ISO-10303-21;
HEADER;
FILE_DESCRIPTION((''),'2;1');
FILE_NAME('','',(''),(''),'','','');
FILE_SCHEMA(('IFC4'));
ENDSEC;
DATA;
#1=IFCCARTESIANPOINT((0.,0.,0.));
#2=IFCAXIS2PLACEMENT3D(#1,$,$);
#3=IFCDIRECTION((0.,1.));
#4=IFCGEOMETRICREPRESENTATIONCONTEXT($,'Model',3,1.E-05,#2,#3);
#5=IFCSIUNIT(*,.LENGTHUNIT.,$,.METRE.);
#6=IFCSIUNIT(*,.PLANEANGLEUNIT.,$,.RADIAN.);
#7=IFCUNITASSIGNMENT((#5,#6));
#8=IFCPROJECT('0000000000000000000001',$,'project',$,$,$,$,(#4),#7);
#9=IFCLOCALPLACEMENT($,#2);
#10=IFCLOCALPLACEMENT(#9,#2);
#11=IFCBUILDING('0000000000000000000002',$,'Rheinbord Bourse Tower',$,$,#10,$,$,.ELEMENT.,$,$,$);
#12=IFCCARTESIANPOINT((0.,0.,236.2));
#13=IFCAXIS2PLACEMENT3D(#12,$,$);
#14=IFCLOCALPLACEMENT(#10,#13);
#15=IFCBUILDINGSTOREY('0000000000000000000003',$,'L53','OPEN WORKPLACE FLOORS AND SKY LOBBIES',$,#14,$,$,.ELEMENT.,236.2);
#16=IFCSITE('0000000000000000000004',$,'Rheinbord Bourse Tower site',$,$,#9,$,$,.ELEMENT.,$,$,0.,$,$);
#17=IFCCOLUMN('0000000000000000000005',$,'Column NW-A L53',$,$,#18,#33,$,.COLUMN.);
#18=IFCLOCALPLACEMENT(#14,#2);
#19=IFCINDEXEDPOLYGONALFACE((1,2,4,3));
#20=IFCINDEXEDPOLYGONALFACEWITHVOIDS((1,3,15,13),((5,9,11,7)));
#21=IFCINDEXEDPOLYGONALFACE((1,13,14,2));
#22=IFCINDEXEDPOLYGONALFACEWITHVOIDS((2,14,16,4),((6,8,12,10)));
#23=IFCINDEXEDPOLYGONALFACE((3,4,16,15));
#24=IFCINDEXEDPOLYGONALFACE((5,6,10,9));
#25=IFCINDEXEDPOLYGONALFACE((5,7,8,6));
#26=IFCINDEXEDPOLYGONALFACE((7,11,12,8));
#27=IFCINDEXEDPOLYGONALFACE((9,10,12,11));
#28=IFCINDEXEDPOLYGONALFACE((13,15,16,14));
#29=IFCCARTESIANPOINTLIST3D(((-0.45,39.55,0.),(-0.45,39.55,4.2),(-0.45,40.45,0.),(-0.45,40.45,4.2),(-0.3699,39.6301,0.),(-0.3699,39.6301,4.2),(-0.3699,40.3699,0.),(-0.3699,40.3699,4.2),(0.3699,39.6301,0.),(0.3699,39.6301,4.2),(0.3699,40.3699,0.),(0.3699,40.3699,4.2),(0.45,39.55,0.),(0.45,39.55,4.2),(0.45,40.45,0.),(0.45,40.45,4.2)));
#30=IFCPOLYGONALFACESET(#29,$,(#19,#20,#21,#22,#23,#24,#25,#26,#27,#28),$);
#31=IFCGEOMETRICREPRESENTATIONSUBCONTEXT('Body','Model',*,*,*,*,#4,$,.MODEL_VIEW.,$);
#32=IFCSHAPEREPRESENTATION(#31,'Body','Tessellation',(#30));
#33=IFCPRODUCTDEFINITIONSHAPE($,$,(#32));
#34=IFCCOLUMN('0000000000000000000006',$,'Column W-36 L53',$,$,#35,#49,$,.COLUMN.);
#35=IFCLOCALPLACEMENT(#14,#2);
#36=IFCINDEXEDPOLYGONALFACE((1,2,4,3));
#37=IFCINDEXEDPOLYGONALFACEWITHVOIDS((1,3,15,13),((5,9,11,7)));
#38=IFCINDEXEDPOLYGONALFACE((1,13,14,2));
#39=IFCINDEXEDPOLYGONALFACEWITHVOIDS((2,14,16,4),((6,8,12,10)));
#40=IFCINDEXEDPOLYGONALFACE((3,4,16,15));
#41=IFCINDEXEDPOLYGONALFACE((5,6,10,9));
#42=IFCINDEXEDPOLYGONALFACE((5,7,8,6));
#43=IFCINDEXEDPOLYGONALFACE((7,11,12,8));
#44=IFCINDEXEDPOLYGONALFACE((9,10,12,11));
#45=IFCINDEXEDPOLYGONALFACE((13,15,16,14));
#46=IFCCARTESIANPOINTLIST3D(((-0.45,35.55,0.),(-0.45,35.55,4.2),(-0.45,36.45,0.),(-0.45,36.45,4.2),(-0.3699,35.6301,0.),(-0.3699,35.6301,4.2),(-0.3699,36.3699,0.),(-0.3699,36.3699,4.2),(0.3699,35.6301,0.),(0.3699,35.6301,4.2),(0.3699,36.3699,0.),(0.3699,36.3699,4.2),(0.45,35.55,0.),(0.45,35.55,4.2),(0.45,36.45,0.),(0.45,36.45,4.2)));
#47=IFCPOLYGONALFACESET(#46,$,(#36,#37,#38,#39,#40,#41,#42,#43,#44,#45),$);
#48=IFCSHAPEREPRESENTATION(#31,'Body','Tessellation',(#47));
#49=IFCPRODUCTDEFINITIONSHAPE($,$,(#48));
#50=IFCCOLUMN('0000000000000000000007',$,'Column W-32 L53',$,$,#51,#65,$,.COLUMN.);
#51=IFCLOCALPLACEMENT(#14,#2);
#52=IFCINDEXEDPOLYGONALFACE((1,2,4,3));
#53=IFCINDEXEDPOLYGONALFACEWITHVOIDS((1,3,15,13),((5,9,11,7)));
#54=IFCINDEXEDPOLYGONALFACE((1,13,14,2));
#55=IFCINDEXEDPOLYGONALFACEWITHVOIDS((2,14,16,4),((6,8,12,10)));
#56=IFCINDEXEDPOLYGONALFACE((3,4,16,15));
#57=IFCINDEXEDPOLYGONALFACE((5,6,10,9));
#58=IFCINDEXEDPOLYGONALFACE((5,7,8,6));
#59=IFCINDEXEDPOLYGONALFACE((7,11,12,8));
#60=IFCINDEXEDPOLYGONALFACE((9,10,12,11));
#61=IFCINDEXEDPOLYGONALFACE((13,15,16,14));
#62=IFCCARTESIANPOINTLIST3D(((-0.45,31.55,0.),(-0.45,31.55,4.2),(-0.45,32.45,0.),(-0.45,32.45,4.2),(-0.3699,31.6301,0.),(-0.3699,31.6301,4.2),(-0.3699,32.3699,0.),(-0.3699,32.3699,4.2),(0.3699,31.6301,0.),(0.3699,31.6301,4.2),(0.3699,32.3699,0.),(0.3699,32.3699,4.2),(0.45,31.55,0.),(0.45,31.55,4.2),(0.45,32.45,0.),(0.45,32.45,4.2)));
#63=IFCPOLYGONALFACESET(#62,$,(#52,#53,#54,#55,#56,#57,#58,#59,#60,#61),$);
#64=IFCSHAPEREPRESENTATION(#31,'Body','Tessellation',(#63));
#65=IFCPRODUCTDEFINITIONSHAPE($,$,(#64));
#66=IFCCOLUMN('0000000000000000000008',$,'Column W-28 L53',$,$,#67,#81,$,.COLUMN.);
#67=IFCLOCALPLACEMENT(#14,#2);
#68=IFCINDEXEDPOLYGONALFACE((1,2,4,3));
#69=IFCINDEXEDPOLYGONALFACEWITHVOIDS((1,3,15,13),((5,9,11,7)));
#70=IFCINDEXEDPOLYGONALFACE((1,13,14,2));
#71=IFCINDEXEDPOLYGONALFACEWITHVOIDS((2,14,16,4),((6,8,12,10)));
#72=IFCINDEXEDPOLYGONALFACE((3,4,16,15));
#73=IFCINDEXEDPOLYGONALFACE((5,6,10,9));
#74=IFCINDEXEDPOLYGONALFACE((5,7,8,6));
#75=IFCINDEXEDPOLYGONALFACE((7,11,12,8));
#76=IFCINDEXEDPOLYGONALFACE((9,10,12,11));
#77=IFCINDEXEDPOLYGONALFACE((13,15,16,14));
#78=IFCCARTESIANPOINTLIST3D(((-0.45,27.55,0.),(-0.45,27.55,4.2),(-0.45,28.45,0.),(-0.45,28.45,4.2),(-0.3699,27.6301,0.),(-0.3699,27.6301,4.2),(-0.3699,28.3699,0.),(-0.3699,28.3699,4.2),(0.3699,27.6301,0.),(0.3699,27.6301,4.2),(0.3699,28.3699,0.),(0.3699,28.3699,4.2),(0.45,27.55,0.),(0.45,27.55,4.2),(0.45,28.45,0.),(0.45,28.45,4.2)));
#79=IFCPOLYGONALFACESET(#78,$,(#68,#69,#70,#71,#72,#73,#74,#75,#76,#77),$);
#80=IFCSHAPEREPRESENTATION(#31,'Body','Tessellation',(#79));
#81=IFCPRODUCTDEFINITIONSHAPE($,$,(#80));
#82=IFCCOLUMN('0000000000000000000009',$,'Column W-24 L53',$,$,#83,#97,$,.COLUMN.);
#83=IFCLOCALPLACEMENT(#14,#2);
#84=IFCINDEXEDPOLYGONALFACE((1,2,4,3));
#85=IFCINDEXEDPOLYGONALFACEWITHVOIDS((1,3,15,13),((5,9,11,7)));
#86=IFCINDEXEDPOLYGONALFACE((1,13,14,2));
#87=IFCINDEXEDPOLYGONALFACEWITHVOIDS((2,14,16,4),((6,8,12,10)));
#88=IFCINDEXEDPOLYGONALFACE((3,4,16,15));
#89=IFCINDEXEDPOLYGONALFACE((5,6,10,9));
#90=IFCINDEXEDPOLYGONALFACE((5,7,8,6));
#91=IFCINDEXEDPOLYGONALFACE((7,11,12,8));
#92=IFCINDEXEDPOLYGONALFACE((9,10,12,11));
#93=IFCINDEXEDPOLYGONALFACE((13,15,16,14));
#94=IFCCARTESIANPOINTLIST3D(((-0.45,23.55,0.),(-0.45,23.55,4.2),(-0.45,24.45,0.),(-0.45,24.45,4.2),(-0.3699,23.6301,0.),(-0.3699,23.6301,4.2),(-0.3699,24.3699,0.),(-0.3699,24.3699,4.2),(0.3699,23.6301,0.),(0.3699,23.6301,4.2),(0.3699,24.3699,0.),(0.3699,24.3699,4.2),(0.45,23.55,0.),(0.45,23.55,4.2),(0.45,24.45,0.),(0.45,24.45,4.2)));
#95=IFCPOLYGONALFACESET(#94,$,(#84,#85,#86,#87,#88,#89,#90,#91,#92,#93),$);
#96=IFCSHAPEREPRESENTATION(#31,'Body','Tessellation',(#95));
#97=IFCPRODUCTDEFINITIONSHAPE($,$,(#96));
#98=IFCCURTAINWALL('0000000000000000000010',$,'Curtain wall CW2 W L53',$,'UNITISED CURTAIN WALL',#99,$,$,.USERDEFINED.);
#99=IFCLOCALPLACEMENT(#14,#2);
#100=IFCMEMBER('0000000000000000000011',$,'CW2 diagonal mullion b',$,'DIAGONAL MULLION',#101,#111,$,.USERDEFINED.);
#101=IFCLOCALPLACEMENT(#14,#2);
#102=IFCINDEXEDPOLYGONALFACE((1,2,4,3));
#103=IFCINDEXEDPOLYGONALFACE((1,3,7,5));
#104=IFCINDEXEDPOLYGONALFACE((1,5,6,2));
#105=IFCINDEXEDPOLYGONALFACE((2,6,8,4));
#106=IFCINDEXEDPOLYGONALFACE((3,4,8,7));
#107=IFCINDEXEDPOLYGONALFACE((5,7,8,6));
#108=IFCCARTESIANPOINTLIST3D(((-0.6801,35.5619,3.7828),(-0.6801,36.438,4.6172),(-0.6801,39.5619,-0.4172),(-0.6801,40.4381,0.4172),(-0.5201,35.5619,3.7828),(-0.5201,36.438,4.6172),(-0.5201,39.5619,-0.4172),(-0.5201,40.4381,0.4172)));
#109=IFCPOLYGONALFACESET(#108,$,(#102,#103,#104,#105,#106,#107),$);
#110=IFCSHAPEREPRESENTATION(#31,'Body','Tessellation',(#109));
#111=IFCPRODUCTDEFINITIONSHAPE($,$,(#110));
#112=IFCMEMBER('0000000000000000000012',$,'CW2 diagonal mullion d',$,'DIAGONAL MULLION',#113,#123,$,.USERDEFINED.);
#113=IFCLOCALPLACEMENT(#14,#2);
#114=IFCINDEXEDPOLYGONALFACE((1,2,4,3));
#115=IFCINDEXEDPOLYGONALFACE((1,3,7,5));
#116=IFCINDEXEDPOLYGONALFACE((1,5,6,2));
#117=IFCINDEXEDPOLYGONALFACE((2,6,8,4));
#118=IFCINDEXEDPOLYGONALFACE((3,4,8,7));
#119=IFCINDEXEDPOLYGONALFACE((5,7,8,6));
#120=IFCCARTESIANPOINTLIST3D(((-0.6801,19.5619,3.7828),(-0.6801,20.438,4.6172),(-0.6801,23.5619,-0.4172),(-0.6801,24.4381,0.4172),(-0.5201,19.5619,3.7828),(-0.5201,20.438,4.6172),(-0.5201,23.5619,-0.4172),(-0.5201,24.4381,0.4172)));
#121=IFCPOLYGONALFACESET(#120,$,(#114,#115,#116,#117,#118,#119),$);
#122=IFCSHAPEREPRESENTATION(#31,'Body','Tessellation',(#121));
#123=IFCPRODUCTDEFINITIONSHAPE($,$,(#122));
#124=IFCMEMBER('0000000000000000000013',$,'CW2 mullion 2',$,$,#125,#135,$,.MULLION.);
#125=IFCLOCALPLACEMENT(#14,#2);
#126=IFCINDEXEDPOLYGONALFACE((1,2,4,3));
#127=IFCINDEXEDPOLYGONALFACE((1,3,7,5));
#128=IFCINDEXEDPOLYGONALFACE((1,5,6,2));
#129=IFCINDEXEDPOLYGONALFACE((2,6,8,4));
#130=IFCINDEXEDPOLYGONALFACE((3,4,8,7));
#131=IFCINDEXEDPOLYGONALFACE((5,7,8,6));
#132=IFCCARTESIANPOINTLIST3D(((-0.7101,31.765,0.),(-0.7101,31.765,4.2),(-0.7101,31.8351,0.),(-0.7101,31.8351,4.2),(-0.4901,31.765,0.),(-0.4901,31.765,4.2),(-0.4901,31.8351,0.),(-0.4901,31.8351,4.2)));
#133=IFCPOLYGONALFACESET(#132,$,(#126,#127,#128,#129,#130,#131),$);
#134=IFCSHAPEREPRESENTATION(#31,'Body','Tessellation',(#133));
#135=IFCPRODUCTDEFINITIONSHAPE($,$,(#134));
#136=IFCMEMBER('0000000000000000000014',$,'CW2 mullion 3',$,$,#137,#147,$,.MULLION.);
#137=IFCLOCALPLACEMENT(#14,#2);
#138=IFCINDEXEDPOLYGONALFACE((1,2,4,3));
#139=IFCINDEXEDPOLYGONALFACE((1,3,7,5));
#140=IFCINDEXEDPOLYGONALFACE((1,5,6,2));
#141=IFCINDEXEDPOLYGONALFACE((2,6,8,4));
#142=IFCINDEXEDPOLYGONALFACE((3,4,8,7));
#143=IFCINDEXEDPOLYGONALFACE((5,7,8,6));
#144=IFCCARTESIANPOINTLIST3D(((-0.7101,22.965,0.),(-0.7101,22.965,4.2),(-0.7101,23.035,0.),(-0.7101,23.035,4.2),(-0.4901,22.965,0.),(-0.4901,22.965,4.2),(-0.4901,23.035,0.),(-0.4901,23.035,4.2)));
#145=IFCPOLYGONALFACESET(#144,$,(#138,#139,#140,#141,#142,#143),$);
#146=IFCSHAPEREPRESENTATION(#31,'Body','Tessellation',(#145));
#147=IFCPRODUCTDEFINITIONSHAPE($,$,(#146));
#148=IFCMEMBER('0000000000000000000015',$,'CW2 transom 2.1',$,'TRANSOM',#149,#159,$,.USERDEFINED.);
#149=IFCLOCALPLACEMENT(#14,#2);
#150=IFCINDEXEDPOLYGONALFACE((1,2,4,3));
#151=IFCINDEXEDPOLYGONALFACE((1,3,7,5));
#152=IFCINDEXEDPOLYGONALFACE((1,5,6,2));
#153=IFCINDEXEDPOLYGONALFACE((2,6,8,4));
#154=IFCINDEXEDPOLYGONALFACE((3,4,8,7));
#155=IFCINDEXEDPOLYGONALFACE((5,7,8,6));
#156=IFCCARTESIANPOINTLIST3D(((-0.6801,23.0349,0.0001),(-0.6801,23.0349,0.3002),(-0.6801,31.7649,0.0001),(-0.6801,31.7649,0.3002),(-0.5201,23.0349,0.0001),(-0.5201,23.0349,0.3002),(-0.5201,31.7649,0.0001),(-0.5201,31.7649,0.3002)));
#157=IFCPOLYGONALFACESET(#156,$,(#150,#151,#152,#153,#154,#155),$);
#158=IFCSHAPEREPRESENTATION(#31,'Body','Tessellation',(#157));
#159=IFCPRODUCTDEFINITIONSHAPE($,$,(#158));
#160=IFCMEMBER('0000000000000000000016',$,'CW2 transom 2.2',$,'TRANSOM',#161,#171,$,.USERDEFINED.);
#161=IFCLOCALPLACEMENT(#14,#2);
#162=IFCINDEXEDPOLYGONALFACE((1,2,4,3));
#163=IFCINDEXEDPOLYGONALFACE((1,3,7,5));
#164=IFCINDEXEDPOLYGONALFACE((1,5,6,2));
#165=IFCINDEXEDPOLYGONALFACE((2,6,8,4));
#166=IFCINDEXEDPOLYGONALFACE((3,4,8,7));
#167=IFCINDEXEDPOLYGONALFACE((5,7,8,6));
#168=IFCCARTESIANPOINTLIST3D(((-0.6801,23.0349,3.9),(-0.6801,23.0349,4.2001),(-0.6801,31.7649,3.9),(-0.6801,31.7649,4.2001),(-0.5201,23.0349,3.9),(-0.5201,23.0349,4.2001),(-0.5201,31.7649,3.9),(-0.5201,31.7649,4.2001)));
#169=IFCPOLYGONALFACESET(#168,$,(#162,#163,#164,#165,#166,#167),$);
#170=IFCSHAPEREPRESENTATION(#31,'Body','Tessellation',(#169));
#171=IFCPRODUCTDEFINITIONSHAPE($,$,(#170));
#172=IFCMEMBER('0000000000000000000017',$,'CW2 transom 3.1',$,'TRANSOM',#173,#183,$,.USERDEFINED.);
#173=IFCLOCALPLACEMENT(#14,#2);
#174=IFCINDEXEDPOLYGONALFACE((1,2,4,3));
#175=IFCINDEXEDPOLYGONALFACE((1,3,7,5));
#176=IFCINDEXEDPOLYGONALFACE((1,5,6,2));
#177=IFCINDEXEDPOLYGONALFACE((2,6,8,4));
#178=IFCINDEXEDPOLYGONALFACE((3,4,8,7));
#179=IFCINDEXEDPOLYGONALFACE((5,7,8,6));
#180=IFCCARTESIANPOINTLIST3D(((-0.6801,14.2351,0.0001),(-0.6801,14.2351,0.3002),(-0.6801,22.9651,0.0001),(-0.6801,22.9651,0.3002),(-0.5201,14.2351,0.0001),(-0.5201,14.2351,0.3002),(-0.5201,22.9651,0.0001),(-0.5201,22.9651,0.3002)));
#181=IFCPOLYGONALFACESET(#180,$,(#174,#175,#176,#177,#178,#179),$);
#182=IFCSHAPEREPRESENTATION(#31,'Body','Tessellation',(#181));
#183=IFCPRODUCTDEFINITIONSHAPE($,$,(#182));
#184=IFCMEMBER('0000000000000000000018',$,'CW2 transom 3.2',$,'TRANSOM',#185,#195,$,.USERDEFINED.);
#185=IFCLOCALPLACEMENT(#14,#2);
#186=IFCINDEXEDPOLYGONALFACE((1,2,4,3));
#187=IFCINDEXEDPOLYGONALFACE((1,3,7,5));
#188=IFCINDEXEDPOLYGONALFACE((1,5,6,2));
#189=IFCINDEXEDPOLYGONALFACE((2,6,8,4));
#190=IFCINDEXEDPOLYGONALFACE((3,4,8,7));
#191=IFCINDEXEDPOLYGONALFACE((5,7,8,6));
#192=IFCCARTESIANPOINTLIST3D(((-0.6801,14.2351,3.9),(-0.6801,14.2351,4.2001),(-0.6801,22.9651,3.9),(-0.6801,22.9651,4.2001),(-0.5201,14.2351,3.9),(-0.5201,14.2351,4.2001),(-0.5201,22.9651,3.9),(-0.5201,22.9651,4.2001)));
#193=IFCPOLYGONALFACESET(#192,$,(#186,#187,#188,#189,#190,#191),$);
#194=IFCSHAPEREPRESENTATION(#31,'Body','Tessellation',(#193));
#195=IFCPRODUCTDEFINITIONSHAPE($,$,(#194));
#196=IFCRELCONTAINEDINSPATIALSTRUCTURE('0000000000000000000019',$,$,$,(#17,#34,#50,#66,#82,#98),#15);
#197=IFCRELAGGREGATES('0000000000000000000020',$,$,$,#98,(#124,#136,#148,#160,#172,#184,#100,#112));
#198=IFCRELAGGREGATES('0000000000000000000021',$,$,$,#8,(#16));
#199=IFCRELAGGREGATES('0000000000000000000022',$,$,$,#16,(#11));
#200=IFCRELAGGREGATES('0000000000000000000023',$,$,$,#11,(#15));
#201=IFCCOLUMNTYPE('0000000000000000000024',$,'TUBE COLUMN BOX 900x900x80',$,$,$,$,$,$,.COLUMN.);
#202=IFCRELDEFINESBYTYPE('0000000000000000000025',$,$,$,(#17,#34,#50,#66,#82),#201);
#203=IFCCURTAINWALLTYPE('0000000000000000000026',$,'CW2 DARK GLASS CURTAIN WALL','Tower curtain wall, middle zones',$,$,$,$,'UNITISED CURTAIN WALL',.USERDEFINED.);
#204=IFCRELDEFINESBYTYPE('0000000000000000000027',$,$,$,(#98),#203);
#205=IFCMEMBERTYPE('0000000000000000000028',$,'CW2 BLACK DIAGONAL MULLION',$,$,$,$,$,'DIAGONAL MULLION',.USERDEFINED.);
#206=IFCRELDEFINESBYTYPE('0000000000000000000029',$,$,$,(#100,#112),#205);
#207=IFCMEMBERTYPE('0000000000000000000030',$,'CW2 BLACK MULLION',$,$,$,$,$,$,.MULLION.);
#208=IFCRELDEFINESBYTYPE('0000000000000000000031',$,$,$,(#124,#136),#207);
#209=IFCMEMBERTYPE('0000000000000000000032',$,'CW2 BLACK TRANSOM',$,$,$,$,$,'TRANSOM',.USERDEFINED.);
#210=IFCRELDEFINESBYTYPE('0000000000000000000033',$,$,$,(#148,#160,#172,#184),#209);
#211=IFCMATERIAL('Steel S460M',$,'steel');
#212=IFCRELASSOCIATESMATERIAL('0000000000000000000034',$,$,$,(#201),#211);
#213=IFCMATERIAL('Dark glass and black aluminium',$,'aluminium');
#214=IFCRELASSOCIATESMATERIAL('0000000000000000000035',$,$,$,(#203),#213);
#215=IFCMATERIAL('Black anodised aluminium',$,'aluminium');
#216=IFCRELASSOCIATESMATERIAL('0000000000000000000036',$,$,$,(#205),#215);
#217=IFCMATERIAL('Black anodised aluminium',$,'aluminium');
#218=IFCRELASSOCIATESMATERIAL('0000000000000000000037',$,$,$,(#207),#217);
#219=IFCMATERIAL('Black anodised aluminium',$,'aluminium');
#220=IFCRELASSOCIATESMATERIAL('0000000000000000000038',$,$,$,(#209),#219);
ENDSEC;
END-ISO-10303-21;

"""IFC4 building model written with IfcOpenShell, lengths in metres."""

from ifc_helpers import new_model, si_unit, direction, frame, origin, origin_2d, place, context, subcontext, project, spatial, rectangle, hollow_rectangle, extrude, material, material_profile, profile_set, type_object, element, aggregate, save


model = new_model("IFC4")

# Units and contexts
model_context = context("Model", 3, precision=1e-05, world=origin(), true_north=direction((0.0, 1.0)))
body_context = subcontext(model_context, "Body", "Model", "MODEL_VIEW")
ifc_project = project(units=[si_unit("LENGTHUNIT", "METRE"), si_unit("PLANEANGLEUNIT", "RADIAN")], contexts=[model_context])

# Site, building, storey
site_placement = place(None, origin())
site = spatial("IfcSite", under=ifc_project, at=site_placement, Name="Rheinbord Bourse Tower site", CompositionType="ELEMENT", RefElevation=0.0)
building_placement = place(site_placement, origin())
building = spatial("IfcBuilding", under=site, at=building_placement, Name="Rheinbord Bourse Tower", CompositionType="ELEMENT")
storey_placement = place(building_placement, frame((0.0, 0.0, 236.2)))
storey = spatial("IfcBuildingStorey", under=building, at=storey_placement, Name="L53", Description="OPEN WORKPLACE FLOORS AND SKY LOBBIES", CompositionType="ELEMENT", Elevation=236.2)

# Columns
ifc_material_1 = material(Name="Steel S460M", Category="steel")
ifc_material_profile_1 = material_profile(ifc_material_1, hollow_rectangle(XDim=0.8999, YDim=0.8999, WallThickness=0.0801, at=origin_2d()), Name="BOX 900x900x80")
ifc_profile_set_1 = profile_set([ifc_material_profile_1], Name="Steel S460M")
column_type = type_object("IfcColumnType", Name="TUBE COLUMN BOX 900x900x80", PredefinedType="COLUMN", material=ifc_profile_set_1)
for number, where, z_axis, x_axis, name in (
    (1, (0.0, 40.0, 0.0), (0.0, 0.0, 1.0), (1.0, 0.0, 0.0), "Column NW-A L53"),
    (2, (0.0, 36.0, 0.0), (0.0, 0.0, 1.0), (1.0, 0.0, 0.0), "Column W-36 L53"),
    (3, (0.0, 32.0, 0.0), (0.0, 0.0, 1.0), (1.0, 0.0, 0.0), "Column W-32 L53"),
    (4, (0.0, 28.0, 0.0), (0.0, 0.0, 1.0), (1.0, 0.0, 0.0), "Column W-28 L53"),
    (5, (0.0, 24.0, 0.0), (0.0, 0.0, 1.0), (1.0, 0.0, 0.0), "Column W-24 L53"),
):
    element("IfcColumn", number, at=place(storey_placement, frame(where, z_axis=z_axis, x_axis=x_axis)), inside=storey, type_object=column_type, Name=name, PredefinedType="COLUMN", context=body_context, shape_type="SweptSolid", body=[
        extrude(hollow_rectangle(XDim=0.8999, YDim=0.8999, WallThickness=0.0801, at=origin_2d()), origin(), (0.0, 0.0, 1.0), 4.2),
    ])

# Curtain wall, members
ifc_material_2 = material(Name="Dark glass and black aluminium", Category="aluminium")
curtain_wall_type = type_object("IfcCurtainWallType", Name="CW2 DARK GLASS CURTAIN WALL", Description="Tower curtain wall, middle zones", ElementType="UNITISED CURTAIN WALL", PredefinedType="USERDEFINED", material=ifc_material_2)
curtain_wall_placement = place(storey_placement, origin())
curtain_wall = element("IfcCurtainWall", 6, at=curtain_wall_placement, inside=storey, type_object=curtain_wall_type, Name="Curtain wall CW2 W L53", ObjectType="UNITISED CURTAIN WALL", PredefinedType="USERDEFINED")
ifc_material_3 = material(Name="Black anodised aluminium", Category="aluminium")
ifc_material_profile_2 = material_profile(ifc_material_3, rectangle(XDim=0.1599, YDim=1.21, at=origin_2d()), Name="CW2 DIAGONAL MULLION 1210x160")
ifc_profile_set_2 = profile_set([ifc_material_profile_2], Name="Black anodised aluminium")
member_type_1 = type_object("IfcMemberType", Name="CW2 BLACK DIAGONAL MULLION", ElementType="DIAGONAL MULLION", PredefinedType="USERDEFINED", material=ifc_profile_set_2)
member_1_placement = place(storey_placement, frame((-0.6001, 40.0, 0.0), z_axis=(0.0, -0.689659, 0.724134), x_axis=(1.0, 0.0, 0.0)))
member_1 = element("IfcMember", 7, at=member_1_placement, type_object=member_type_1, Name="CW2 diagonal mullion b", ObjectType="DIAGONAL MULLION", PredefinedType="USERDEFINED", context=body_context, shape_type="SweptSolid", body=[
    extrude(rectangle(XDim=0.1599, YDim=1.21, at=origin_2d()), origin(), (0.0, 0.0, 1.0), 5.8),
])
member_2_placement = place(storey_placement, frame((-0.6001, 24.0, 0.0), z_axis=(0.0, -0.689659, 0.724134), x_axis=(1.0, 0.0, 0.0)))
member_2 = element("IfcMember", 8, at=member_2_placement, type_object=member_type_1, Name="CW2 diagonal mullion d", ObjectType="DIAGONAL MULLION", PredefinedType="USERDEFINED", context=body_context, shape_type="SweptSolid", body=[
    extrude(rectangle(XDim=0.1599, YDim=1.21, at=origin_2d()), origin(), (0.0, 0.0, 1.0), 5.8),
])
ifc_material_4 = material(Name="Black anodised aluminium", Category="aluminium")
ifc_material_profile_3 = material_profile(ifc_material_4, rectangle(XDim=0.22, YDim=0.0701, at=origin_2d()), Name="CW2 MULLION 70x220")
ifc_profile_set_3 = profile_set([ifc_material_profile_3], Name="Black anodised aluminium")
member_type_2 = type_object("IfcMemberType", Name="CW2 BLACK MULLION", PredefinedType="MULLION", material=ifc_profile_set_3)
member_3_placement = place(storey_placement, frame((-0.6001, 31.8, 0.0), z_axis=(0.0, 0.0, 1.0), x_axis=(1.0, 0.0, 0.0)))
member_3 = element("IfcMember", 9, at=member_3_placement, type_object=member_type_2, Name="CW2 mullion 2", PredefinedType="MULLION", context=body_context, shape_type="SweptSolid", body=[
    extrude(rectangle(XDim=0.22, YDim=0.0701, at=origin_2d()), origin(), (0.0, 0.0, 1.0), 4.2),
])
member_4_placement = place(storey_placement, frame((-0.6001, 23.0, 0.0), z_axis=(0.0, 0.0, 1.0), x_axis=(1.0, 0.0, 0.0)))
member_4 = element("IfcMember", 10, at=member_4_placement, type_object=member_type_2, Name="CW2 mullion 3", PredefinedType="MULLION", context=body_context, shape_type="SweptSolid", body=[
    extrude(rectangle(XDim=0.22, YDim=0.0701, at=origin_2d()), origin(), (0.0, 0.0, 1.0), 4.2),
])
ifc_material_5 = material(Name="Black anodised aluminium", Category="aluminium")
ifc_material_profile_4 = material_profile(ifc_material_5, rectangle(XDim=0.1599, YDim=0.3, at=origin_2d()), Name="CW2 TRANSOM 300x160")
ifc_profile_set_4 = profile_set([ifc_material_profile_4], Name="Black anodised aluminium")
member_type_3 = type_object("IfcMemberType", Name="CW2 BLACK TRANSOM", ElementType="TRANSOM", PredefinedType="USERDEFINED", material=ifc_profile_set_4)
member_5_placement = place(storey_placement, frame((-0.6001, 31.7649, 0.1501), z_axis=(0.0, -1.0, 0.0), x_axis=(1.0, 0.0, 0.0)))
member_5 = element("IfcMember", 11, at=member_5_placement, type_object=member_type_3, Name="CW2 transom 2.1", ObjectType="TRANSOM", PredefinedType="USERDEFINED", context=body_context, shape_type="SweptSolid", body=[
    extrude(rectangle(XDim=0.1599, YDim=0.3, at=origin_2d()), origin(), (0.0, 0.0, 1.0), 8.73),
])
member_6_placement = place(storey_placement, frame((-0.6001, 31.7649, 4.05), z_axis=(0.0, -1.0, 0.0), x_axis=(1.0, 0.0, 0.0)))
member_6 = element("IfcMember", 12, at=member_6_placement, type_object=member_type_3, Name="CW2 transom 2.2", ObjectType="TRANSOM", PredefinedType="USERDEFINED", context=body_context, shape_type="SweptSolid", body=[
    extrude(rectangle(XDim=0.1599, YDim=0.3, at=origin_2d()), origin(), (0.0, 0.0, 1.0), 8.73),
])
member_7_placement = place(storey_placement, frame((-0.6001, 22.9651, 0.1501), z_axis=(0.0, -1.0, 0.0), x_axis=(1.0, 0.0, 0.0)))
member_7 = element("IfcMember", 13, at=member_7_placement, type_object=member_type_3, Name="CW2 transom 3.1", ObjectType="TRANSOM", PredefinedType="USERDEFINED", context=body_context, shape_type="SweptSolid", body=[
    extrude(rectangle(XDim=0.1599, YDim=0.3, at=origin_2d()), origin(), (0.0, 0.0, 1.0), 8.73),
])
member_8_placement = place(storey_placement, frame((-0.6001, 22.9651, 4.05), z_axis=(0.0, -1.0, 0.0), x_axis=(1.0, 0.0, 0.0)))
member_8 = element("IfcMember", 14, at=member_8_placement, type_object=member_type_3, Name="CW2 transom 3.2", ObjectType="TRANSOM", PredefinedType="USERDEFINED", context=body_context, shape_type="SweptSolid", body=[
    extrude(rectangle(XDim=0.1599, YDim=0.3, at=origin_2d()), origin(), (0.0, 0.0, 1.0), 8.73),
])

aggregate(curtain_wall, [member_3, member_4, member_5, member_6, member_7, member_8, member_1, member_2])

save(model, "model.ifc")
